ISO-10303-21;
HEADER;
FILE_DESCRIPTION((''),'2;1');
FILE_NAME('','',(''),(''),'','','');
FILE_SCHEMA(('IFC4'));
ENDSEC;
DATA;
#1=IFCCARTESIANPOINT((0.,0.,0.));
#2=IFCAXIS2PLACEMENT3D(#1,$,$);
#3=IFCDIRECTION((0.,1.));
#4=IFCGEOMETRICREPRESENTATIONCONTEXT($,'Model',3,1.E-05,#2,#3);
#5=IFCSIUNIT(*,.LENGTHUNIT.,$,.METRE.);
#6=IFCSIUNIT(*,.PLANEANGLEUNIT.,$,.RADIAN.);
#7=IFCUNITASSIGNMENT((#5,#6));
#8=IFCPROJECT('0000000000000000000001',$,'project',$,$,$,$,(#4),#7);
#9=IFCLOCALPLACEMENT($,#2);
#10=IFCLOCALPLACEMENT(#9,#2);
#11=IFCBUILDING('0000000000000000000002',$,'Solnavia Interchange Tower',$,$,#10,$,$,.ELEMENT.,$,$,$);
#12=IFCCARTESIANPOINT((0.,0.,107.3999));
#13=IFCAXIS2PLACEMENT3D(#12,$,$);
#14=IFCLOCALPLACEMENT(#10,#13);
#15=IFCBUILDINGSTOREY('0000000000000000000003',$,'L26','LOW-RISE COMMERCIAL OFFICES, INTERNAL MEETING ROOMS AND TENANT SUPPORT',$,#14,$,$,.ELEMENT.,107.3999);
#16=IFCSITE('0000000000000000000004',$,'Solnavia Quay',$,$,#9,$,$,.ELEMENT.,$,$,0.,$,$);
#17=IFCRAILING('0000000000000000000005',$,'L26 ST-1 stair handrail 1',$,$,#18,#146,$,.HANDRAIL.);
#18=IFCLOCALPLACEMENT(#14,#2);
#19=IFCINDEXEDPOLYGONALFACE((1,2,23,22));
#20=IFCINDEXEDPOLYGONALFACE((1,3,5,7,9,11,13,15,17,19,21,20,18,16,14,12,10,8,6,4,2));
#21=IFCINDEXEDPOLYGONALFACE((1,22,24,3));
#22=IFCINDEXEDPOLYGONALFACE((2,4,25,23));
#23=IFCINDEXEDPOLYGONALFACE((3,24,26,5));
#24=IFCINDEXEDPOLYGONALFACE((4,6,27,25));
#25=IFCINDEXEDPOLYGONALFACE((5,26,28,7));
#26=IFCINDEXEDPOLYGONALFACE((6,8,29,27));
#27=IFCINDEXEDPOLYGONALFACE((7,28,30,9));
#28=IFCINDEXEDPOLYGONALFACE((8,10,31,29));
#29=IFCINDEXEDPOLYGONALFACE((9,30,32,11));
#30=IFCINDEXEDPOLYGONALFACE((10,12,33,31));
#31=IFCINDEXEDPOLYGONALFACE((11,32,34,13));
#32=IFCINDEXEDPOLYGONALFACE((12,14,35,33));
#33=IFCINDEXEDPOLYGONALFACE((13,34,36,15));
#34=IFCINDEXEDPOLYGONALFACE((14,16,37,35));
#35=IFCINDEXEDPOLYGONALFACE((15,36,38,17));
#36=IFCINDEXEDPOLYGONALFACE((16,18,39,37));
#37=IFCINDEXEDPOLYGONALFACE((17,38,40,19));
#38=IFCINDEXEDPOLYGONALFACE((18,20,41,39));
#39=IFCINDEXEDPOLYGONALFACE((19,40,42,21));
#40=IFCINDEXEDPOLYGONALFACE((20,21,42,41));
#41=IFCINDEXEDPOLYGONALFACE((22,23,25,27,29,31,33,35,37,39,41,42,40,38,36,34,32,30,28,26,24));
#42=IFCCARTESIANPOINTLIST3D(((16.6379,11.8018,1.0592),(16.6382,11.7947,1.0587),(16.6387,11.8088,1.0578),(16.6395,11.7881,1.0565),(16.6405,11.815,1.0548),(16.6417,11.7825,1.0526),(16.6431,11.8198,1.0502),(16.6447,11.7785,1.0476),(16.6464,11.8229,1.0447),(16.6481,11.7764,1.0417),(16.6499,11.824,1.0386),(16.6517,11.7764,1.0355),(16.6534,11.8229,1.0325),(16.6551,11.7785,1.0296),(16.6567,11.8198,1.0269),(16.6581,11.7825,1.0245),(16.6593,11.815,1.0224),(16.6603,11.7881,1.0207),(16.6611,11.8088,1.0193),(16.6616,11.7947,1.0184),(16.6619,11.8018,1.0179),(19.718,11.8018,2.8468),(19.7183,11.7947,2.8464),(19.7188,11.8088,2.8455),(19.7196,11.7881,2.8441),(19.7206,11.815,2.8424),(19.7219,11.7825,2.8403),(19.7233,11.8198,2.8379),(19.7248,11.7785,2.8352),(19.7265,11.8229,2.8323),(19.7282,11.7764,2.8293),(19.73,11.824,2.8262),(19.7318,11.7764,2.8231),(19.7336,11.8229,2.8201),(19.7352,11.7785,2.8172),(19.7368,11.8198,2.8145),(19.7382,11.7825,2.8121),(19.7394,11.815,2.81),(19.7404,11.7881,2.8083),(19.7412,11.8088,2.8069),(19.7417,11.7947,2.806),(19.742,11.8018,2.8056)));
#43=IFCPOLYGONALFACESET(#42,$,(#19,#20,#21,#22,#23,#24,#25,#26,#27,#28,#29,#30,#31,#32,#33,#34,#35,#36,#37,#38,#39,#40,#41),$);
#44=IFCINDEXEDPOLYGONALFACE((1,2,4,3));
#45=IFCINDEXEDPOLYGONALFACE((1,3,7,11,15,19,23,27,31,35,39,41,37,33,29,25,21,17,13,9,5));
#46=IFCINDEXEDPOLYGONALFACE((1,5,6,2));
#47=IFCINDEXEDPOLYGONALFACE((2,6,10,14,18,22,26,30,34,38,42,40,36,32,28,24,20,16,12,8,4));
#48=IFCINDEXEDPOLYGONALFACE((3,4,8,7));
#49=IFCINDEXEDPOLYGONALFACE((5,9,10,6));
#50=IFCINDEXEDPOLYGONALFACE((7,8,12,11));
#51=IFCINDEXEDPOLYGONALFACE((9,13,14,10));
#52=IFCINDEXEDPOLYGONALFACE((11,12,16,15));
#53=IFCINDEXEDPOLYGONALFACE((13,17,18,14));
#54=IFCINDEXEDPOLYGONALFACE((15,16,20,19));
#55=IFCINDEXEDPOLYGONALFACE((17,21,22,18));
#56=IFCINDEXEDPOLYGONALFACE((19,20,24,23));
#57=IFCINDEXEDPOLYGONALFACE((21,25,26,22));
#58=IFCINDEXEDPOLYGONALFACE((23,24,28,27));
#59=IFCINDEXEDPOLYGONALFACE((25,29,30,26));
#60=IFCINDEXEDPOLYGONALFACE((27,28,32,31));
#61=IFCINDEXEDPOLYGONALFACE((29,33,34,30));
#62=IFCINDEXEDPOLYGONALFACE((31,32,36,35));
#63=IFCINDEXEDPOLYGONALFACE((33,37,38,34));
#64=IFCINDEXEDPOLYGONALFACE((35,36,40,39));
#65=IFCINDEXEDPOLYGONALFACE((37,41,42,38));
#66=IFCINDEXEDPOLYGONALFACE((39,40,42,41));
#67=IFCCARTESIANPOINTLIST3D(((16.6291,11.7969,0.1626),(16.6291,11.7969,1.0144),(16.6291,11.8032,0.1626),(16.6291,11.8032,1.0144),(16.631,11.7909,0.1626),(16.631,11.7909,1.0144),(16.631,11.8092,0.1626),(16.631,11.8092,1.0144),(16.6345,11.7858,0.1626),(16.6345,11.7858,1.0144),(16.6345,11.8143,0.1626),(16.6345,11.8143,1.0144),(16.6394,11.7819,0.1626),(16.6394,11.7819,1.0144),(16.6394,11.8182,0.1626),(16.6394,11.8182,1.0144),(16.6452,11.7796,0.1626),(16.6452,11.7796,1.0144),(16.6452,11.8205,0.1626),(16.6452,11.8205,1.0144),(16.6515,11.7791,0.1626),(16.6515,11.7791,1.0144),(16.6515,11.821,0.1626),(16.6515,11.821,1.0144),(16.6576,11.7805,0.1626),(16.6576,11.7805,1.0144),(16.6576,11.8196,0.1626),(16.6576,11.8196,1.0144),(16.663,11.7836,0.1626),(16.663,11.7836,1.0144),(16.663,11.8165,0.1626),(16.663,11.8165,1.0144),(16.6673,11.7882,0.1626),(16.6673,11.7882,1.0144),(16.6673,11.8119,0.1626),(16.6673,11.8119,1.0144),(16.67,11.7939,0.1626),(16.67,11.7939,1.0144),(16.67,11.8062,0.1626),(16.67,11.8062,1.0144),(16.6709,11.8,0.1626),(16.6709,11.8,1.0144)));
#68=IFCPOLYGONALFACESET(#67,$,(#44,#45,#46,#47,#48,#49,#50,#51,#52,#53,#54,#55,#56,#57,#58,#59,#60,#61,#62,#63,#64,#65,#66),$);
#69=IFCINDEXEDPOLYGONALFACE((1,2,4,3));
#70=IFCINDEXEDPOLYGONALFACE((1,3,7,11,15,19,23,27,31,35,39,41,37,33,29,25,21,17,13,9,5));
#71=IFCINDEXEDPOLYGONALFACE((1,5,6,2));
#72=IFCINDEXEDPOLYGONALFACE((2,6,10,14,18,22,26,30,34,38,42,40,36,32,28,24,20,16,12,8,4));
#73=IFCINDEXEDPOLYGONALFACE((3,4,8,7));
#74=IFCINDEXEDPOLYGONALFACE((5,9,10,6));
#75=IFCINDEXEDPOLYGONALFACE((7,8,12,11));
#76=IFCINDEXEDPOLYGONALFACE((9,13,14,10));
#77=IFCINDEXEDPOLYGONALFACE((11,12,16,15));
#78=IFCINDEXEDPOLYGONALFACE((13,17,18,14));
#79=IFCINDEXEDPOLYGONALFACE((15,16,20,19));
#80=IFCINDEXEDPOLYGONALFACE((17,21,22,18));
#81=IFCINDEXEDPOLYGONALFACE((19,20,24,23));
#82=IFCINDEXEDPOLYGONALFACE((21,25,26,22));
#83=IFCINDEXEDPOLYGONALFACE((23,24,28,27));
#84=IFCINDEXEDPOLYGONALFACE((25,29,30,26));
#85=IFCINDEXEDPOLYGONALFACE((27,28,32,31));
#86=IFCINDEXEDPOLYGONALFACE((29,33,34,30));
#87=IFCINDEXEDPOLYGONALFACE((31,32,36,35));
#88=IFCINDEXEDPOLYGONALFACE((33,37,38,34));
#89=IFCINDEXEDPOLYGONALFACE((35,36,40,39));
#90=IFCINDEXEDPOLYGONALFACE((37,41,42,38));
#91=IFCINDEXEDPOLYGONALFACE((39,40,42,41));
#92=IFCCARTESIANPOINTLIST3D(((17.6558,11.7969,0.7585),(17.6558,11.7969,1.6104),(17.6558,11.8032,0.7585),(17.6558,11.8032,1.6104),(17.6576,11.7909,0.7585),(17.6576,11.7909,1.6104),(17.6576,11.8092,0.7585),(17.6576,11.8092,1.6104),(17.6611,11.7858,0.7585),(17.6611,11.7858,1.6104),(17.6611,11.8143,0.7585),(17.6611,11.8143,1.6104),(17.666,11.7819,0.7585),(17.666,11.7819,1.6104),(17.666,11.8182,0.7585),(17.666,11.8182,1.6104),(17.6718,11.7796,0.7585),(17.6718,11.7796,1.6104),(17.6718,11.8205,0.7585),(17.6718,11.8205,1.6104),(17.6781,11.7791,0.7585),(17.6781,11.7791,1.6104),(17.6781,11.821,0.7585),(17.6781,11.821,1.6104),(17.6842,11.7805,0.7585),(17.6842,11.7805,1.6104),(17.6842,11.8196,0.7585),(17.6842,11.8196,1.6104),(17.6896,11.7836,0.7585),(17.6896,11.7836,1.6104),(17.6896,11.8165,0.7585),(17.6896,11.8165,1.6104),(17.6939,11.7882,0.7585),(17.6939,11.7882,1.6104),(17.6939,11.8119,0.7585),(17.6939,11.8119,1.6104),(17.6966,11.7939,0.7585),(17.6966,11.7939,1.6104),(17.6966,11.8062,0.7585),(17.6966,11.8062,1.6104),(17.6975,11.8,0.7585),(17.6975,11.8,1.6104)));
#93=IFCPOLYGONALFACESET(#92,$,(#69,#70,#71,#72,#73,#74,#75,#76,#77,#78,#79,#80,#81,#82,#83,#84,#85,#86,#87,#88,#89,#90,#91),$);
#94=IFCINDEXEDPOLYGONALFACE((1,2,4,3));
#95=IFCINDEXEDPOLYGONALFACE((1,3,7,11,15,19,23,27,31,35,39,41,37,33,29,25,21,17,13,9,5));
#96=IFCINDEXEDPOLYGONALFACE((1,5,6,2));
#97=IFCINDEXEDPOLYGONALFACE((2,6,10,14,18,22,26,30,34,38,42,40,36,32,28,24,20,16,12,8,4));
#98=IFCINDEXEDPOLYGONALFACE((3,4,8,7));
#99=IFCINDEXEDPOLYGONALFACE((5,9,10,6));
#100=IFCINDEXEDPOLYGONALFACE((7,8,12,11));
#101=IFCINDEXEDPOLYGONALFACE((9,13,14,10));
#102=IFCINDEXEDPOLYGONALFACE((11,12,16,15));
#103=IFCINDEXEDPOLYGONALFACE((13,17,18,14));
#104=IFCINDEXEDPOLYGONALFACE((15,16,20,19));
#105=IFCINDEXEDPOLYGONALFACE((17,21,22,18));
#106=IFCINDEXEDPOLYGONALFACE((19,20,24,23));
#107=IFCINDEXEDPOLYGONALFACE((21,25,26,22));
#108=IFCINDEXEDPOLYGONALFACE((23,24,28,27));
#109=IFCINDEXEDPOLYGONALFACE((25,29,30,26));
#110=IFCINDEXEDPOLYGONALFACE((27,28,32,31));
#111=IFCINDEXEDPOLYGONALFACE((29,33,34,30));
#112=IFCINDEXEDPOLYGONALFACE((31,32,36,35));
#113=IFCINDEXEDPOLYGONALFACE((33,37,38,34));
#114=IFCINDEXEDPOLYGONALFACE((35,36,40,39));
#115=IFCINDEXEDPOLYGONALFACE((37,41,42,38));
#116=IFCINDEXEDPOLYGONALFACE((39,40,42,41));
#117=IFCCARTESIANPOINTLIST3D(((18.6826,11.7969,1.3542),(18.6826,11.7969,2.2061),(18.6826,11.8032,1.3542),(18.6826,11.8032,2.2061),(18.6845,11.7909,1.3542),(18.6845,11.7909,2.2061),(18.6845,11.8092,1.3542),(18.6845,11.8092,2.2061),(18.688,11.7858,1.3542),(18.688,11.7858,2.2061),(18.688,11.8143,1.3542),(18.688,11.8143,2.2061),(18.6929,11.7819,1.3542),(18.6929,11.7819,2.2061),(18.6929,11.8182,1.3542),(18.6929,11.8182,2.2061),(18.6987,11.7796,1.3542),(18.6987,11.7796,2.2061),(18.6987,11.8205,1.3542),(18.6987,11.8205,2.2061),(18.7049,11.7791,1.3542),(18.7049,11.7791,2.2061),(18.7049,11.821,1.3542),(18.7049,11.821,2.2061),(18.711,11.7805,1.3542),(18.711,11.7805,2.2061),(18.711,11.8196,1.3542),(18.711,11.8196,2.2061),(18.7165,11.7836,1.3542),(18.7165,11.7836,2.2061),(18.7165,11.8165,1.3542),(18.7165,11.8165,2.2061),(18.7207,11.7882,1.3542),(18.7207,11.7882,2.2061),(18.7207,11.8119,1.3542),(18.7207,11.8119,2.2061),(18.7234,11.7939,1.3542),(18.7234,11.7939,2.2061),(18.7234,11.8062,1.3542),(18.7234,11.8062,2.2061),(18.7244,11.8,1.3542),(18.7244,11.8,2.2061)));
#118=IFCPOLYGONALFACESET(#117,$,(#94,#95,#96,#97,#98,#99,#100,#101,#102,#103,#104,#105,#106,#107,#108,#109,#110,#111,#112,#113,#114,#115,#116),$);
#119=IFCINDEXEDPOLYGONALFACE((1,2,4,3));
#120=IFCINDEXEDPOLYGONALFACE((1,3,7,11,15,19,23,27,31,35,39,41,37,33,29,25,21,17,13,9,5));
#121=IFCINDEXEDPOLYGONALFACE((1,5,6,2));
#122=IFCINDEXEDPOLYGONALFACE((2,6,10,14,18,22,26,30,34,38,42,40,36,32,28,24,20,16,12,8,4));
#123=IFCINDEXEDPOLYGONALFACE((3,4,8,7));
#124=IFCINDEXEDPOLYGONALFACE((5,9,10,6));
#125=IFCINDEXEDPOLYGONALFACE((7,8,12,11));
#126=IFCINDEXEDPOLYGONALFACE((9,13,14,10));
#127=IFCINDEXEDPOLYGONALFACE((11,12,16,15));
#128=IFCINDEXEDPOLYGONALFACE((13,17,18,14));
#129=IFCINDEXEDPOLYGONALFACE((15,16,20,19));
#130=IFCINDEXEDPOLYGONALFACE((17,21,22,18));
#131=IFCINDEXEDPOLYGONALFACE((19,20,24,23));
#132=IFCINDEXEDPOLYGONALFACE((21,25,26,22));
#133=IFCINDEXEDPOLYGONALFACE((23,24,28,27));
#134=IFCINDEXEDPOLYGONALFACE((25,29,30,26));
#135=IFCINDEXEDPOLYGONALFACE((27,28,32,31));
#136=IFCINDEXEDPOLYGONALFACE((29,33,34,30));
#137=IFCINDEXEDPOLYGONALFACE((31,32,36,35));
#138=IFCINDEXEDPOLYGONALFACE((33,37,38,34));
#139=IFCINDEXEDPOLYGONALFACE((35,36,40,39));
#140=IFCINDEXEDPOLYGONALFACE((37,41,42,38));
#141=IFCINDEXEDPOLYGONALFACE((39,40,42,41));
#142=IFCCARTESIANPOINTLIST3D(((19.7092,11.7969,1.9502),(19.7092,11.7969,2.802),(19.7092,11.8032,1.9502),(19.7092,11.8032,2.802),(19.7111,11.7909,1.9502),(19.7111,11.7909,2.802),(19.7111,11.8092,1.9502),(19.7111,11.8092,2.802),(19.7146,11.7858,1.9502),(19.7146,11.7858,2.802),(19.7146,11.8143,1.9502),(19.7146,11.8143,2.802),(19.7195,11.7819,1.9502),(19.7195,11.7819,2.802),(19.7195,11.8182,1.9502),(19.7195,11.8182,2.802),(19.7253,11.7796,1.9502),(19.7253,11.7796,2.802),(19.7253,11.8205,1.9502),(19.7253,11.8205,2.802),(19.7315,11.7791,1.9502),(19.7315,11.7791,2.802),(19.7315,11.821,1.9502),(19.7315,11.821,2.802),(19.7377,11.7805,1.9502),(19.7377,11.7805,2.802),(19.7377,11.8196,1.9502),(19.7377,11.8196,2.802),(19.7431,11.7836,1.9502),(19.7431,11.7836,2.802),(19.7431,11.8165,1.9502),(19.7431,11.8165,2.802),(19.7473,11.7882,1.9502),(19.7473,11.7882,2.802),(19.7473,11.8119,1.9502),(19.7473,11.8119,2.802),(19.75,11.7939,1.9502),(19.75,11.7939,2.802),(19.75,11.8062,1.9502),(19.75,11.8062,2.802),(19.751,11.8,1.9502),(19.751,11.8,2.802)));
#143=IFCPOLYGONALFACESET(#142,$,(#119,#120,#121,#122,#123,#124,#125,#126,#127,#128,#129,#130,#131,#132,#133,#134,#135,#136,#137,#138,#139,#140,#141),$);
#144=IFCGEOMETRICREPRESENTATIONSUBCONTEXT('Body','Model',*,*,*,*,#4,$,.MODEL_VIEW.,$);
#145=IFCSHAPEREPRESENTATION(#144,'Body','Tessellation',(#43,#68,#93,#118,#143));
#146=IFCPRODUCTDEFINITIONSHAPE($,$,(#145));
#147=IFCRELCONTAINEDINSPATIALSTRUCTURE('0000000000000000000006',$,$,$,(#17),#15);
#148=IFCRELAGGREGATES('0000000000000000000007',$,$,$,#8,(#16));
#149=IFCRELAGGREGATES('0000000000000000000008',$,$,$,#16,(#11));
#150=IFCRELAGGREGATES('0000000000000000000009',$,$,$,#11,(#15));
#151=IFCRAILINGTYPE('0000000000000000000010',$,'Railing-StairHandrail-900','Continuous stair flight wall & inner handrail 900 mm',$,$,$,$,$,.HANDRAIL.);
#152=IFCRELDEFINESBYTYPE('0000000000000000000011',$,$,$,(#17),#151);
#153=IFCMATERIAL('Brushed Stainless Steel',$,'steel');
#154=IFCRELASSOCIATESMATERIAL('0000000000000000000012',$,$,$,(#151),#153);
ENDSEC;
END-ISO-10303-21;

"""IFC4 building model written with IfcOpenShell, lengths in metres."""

from ifc_helpers import new_model, si_unit, direction, frame, origin, origin_2d, place, context, subcontext, project, spatial, circle, extrude, material, type_object, element, save


model = new_model("IFC4")

# Units and contexts
model_context = context("Model", 3, precision=1e-05, world=origin(), true_north=direction((0.0, 1.0)))
body_context = subcontext(model_context, "Body", "Model", "MODEL_VIEW")
ifc_project = project(units=[si_unit("LENGTHUNIT", "METRE"), si_unit("PLANEANGLEUNIT", "RADIAN")], contexts=[model_context])

# Site, building, storey
site_placement = place(None, origin())
site = spatial("IfcSite", under=ifc_project, at=site_placement, Name="Solnavia Quay", CompositionType="ELEMENT", RefElevation=0.0)
building_placement = place(site_placement, origin())
building = spatial("IfcBuilding", under=site, at=building_placement, Name="Solnavia Interchange Tower", CompositionType="ELEMENT")
storey_placement = place(building_placement, frame((0.0, 0.0, 107.3999)))
storey = spatial("IfcBuildingStorey", under=building, at=storey_placement, Name="L26", Description="LOW-RISE COMMERCIAL OFFICES, INTERNAL MEETING ROOMS AND TENANT SUPPORT", CompositionType="ELEMENT", Elevation=107.3999)

# Railing
ifc_material_1 = material(Name="Brushed Stainless Steel", Category="steel")
railing_type_1 = type_object("IfcRailingType", Name="Railing-StairHandrail-900", Description="Continuous stair flight wall & inner handrail 900 mm", PredefinedType="HANDRAIL", material=ifc_material_1)
railing_1_placement = place(storey_placement, frame((16.6499, 11.8, 0.1626)))
element("IfcRailing", 1, at=railing_1_placement, inside=storey, type_object=railing_type_1, Name="L26 ST-1 stair handrail 1", PredefinedType="HANDRAIL", context=body_context, shape_type="SweptSolid", body=[
    extrude(circle(Radius=0.0239, at=origin_2d()), frame((0.0, 0.0, 0.876), z_axis=(0.864891, 0.0, 0.50196), x_axis=(0.0, 1.0, 0.0)), (0.0, 0.0, 1.0), 3.5613),
    extrude(circle(Radius=0.021, at=origin_2d()), origin(), (0.0, 0.0, 1.0), 0.8518),
    extrude(circle(Radius=0.021, at=origin_2d()), frame((1.0266, 0.0, 0.5959)), (0.0, 0.0, 1.0), 0.8518),
    extrude(circle(Radius=0.021, at=origin_2d()), frame((2.0535, 0.0, 1.1917)), (0.0, 0.0, 1.0), 0.8518),
    extrude(circle(Radius=0.021, at=origin_2d()), frame((3.0801, 0.0, 1.7876)), (0.0, 0.0, 1.0), 0.8518),
])

save(model, "model.ifc")
